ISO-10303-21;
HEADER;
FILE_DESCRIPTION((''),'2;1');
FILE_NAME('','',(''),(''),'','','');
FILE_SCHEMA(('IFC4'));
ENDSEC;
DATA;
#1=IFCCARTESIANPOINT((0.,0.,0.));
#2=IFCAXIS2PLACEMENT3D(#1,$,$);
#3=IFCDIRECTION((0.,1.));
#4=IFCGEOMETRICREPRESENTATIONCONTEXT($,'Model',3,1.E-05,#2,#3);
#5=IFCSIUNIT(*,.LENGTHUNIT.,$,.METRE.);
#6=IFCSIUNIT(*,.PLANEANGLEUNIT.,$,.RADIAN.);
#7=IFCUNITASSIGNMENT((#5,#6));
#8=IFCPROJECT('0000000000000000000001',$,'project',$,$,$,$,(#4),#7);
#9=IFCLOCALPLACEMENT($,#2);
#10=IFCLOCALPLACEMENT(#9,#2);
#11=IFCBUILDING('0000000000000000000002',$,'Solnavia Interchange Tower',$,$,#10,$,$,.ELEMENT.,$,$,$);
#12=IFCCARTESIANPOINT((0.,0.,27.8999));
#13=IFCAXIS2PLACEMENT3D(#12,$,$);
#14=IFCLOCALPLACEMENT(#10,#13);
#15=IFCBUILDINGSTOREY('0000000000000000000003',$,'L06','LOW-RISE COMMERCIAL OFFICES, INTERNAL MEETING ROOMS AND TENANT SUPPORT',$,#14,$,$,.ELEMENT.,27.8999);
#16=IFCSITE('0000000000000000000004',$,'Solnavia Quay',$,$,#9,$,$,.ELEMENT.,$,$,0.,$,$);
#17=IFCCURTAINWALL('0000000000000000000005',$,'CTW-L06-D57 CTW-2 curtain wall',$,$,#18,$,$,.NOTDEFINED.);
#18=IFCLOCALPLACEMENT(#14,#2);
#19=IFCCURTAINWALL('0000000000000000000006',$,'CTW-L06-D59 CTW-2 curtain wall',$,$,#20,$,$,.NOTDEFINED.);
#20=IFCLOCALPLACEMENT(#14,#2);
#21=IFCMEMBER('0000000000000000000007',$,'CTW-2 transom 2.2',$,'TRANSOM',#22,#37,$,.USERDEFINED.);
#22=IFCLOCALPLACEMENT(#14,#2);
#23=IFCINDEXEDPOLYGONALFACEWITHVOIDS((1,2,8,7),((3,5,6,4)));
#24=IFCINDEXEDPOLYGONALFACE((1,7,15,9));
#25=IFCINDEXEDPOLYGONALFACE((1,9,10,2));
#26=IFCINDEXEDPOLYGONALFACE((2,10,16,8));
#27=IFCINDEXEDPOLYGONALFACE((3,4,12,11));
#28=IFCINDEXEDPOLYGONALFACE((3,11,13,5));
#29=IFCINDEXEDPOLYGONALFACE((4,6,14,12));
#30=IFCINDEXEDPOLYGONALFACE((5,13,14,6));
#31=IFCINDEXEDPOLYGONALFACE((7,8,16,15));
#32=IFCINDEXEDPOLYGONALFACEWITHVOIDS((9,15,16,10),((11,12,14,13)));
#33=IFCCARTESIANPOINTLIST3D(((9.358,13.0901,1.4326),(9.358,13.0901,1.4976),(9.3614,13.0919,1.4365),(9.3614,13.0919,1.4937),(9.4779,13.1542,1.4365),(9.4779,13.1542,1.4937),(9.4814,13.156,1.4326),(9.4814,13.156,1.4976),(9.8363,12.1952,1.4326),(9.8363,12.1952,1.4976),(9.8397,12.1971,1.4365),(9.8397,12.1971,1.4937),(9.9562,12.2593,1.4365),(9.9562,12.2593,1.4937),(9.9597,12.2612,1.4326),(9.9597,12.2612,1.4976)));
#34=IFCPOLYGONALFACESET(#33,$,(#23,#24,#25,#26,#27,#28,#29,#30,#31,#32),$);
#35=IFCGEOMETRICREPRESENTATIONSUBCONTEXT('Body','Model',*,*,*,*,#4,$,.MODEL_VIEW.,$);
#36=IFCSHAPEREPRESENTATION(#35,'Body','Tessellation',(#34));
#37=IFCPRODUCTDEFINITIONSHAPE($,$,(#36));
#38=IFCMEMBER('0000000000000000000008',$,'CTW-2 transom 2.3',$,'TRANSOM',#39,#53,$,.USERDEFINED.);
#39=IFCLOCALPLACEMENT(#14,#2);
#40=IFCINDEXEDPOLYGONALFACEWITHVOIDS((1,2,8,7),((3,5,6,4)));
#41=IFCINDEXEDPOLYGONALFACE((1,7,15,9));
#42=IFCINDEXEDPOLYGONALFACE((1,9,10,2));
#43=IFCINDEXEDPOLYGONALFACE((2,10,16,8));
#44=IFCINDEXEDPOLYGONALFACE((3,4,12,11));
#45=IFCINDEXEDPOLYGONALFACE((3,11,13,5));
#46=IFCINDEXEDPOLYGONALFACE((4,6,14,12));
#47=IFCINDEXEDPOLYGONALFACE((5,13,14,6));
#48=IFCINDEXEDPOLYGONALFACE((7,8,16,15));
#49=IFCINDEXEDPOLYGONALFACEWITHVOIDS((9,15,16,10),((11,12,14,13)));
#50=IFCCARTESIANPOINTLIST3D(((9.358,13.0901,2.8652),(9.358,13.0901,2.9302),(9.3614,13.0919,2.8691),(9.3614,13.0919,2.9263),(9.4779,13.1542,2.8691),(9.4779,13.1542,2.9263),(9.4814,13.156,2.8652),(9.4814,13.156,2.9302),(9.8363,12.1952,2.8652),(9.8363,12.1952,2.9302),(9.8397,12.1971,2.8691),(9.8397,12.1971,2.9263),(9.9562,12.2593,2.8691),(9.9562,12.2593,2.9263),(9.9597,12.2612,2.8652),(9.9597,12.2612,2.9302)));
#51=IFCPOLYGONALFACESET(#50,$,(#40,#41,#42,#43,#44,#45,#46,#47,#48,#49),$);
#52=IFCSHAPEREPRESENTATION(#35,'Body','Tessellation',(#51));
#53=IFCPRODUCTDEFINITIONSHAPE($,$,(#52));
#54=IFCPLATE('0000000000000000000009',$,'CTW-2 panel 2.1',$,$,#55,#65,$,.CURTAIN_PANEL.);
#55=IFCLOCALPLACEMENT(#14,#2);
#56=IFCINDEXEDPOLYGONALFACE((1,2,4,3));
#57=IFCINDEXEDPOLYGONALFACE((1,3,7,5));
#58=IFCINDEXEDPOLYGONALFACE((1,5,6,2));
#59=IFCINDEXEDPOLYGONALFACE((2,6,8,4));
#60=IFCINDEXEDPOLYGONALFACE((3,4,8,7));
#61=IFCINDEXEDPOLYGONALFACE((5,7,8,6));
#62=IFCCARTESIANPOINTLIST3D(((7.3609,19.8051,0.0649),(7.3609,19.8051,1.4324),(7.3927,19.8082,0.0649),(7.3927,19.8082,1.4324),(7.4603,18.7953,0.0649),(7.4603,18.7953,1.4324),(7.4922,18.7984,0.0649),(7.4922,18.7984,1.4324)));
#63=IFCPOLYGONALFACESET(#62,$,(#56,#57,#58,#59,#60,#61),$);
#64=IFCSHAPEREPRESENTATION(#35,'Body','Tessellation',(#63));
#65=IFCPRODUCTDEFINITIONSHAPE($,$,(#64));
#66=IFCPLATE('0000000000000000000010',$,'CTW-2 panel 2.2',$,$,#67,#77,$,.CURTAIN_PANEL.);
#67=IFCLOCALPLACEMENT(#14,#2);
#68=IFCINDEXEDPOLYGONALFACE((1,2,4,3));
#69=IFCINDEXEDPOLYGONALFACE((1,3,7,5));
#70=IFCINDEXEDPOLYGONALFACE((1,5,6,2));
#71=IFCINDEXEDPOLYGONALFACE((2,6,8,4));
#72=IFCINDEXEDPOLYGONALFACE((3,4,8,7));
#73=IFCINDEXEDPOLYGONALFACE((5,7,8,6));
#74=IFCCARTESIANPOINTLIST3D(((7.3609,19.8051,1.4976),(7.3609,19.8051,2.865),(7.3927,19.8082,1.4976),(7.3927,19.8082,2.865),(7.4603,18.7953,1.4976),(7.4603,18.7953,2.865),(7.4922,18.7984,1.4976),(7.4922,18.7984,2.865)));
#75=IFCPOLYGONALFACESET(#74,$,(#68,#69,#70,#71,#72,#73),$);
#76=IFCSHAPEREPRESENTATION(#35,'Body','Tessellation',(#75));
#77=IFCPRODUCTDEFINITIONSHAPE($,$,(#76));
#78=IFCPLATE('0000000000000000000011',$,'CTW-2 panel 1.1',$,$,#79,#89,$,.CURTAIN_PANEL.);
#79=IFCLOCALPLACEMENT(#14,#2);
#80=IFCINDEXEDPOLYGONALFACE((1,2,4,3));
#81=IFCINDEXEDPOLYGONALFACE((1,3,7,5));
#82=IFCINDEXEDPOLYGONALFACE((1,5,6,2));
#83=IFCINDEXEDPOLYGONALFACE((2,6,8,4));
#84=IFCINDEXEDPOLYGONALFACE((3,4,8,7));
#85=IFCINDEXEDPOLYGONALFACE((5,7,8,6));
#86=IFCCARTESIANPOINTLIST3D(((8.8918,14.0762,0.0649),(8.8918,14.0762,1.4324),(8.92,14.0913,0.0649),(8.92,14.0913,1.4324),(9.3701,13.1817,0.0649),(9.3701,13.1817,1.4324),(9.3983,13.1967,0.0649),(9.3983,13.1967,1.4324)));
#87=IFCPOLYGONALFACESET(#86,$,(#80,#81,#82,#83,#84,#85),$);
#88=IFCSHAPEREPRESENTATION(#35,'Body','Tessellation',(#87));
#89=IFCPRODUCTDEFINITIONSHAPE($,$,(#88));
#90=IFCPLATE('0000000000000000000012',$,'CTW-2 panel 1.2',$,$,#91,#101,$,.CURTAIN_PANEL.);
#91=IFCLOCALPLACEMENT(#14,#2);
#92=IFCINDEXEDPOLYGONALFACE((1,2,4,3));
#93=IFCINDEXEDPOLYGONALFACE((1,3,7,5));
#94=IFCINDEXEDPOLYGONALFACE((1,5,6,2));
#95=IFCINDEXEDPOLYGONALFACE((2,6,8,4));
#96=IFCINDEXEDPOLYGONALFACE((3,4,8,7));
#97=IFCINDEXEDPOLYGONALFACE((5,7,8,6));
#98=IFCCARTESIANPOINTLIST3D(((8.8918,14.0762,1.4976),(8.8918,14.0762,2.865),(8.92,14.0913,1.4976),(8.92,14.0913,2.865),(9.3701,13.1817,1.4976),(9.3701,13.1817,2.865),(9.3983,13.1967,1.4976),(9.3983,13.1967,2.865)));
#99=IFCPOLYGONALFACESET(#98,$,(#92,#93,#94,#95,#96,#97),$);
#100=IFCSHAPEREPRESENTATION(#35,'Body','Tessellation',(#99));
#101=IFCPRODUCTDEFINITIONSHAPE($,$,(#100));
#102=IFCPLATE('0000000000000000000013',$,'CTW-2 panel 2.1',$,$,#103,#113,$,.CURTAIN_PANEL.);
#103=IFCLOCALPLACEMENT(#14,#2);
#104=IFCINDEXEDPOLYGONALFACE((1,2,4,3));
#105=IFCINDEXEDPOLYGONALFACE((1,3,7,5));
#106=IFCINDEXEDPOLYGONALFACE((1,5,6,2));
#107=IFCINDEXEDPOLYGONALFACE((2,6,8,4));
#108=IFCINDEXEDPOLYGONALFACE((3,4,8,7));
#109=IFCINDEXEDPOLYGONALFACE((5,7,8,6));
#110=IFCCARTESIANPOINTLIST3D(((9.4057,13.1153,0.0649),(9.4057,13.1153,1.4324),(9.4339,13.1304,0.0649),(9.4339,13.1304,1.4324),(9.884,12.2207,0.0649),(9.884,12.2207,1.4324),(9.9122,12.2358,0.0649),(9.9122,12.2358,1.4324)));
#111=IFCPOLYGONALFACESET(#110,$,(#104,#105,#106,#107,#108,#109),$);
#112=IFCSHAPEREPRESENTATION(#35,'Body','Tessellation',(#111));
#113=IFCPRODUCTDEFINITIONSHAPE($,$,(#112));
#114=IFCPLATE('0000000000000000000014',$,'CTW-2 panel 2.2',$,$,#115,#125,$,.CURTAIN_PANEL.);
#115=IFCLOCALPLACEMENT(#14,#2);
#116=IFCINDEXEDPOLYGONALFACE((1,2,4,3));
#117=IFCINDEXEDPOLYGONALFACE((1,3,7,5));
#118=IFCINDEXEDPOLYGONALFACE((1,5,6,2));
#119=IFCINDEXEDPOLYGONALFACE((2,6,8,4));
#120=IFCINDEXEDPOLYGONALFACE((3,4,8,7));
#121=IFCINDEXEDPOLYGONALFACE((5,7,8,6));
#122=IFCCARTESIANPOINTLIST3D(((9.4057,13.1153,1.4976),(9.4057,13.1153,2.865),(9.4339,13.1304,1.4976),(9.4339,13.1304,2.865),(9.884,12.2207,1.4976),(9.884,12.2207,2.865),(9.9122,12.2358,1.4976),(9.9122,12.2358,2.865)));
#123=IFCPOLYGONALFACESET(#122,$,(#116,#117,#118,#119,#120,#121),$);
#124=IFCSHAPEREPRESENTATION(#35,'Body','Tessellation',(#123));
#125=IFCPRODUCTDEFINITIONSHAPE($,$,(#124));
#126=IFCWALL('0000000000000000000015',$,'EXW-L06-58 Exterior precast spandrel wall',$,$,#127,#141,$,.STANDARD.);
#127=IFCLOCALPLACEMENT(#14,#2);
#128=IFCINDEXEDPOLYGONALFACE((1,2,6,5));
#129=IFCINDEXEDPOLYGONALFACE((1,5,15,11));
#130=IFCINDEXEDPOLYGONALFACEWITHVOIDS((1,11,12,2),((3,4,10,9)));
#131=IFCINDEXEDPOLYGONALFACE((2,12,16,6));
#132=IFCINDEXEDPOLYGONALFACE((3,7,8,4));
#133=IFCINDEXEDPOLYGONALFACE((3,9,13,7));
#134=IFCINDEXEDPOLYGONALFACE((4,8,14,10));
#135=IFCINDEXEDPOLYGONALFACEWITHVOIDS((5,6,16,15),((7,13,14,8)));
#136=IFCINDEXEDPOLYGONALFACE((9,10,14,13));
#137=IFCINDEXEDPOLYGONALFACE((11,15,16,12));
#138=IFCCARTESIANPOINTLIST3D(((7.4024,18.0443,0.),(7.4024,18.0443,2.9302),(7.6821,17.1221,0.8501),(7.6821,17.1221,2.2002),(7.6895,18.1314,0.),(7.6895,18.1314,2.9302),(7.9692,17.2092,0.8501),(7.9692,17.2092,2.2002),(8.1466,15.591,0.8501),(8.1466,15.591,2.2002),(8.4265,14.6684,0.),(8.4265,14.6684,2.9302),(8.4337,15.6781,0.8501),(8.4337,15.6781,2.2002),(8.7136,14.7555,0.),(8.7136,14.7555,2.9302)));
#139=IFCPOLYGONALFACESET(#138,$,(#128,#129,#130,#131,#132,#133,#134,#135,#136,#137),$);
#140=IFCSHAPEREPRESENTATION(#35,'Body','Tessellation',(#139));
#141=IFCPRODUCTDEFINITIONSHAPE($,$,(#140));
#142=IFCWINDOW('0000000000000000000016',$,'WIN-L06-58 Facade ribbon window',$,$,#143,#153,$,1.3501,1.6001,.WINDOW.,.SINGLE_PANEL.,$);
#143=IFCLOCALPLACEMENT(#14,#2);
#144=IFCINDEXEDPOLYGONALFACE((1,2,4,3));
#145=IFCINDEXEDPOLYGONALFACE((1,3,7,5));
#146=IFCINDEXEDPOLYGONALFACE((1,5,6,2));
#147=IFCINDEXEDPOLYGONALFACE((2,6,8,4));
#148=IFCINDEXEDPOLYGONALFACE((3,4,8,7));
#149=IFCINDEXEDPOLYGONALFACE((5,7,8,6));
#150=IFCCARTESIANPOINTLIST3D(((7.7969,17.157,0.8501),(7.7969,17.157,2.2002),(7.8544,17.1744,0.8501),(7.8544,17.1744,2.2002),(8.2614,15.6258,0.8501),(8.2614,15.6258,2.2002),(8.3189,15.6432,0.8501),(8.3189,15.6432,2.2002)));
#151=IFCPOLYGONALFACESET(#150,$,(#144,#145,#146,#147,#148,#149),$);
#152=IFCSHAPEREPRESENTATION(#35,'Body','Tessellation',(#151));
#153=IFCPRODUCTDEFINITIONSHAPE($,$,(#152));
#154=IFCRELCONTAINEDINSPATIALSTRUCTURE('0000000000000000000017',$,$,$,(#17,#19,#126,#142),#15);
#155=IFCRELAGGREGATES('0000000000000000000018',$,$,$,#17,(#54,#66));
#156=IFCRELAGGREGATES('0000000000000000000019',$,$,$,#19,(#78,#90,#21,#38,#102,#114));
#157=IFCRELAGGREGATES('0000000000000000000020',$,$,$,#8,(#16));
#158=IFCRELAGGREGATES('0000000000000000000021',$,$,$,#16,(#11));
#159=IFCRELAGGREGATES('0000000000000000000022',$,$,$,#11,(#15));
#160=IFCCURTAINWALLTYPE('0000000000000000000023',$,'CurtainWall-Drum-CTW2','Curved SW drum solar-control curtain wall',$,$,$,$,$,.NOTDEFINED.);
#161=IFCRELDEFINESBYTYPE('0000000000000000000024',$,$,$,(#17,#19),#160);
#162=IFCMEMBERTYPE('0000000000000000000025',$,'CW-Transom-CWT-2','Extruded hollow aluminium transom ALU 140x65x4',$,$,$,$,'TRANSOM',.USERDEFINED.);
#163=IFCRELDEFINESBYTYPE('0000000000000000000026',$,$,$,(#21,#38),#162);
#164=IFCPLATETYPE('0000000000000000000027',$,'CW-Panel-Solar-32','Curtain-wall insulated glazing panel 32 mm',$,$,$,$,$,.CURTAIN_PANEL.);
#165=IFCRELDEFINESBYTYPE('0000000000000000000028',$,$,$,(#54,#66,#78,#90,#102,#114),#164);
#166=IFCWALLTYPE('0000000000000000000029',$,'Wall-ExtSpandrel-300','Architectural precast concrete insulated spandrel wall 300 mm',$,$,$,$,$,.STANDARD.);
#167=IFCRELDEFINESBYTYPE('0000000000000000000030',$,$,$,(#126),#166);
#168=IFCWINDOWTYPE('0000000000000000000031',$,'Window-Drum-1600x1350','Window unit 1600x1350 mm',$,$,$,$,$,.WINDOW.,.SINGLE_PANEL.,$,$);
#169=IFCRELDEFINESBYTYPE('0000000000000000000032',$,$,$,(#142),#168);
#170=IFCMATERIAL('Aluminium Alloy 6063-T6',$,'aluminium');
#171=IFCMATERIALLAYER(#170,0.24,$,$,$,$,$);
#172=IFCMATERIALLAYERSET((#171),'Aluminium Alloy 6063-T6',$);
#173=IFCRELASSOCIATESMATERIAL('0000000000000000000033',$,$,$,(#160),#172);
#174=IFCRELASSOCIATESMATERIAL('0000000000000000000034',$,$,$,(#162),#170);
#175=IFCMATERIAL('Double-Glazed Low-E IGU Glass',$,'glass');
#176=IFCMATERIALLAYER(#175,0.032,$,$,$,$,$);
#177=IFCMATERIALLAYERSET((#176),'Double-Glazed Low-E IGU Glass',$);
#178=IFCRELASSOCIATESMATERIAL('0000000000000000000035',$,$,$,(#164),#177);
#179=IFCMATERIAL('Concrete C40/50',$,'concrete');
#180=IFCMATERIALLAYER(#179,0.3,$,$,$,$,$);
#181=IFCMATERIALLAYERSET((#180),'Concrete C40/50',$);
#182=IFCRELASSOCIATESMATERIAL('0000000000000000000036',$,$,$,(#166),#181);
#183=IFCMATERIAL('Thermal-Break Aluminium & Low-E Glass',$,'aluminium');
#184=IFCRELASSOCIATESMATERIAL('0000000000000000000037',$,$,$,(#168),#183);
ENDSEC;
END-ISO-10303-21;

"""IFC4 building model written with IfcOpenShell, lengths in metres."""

from ifc_helpers import new_model, si_unit, direction, frame, frame_2d, origin, origin_2d, place, context, subcontext, project, spatial, rectangle, hollow_rectangle, extrude, material, layer, layer_set, material_profile, profile_set, type_object, element, fill, aggregate, save


model = new_model("IFC4")

# Units and contexts
model_context = context("Model", 3, precision=1e-05, world=origin(), true_north=direction((0.0, 1.0)))
body_context = subcontext(model_context, "Body", "Model", "MODEL_VIEW")
ifc_project = project(units=[si_unit("LENGTHUNIT", "METRE"), si_unit("PLANEANGLEUNIT", "RADIAN")], contexts=[model_context])

# Site, building, storey
site_placement = place(None, origin())
site = spatial("IfcSite", under=ifc_project, at=site_placement, Name="Solnavia Quay", CompositionType="ELEMENT", RefElevation=0.0)
building_placement = place(site_placement, origin())
building = spatial("IfcBuilding", under=site, at=building_placement, Name="Solnavia Interchange Tower", CompositionType="ELEMENT")
storey_placement = place(building_placement, frame((0.0, 0.0, 27.8999)))
storey = spatial("IfcBuildingStorey", under=building, at=storey_placement, Name="L06", Description="LOW-RISE COMMERCIAL OFFICES, INTERNAL MEETING ROOMS AND TENANT SUPPORT", CompositionType="ELEMENT", Elevation=27.8999)

# Curtain wall
ifc_material_1 = material(Name="Aluminium Alloy 6063-T6", Category="aluminium")
ifc_layer_1 = layer(ifc_material_1, 0.24)
ifc_layer_set_1 = layer_set([ifc_layer_1], Name="Aluminium Alloy 6063-T6")
curtain_wall_type = type_object("IfcCurtainWallType", Name="CurtainWall-Drum-CTW2", Description="Curved SW drum solar-control curtain wall", PredefinedType="NOTDEFINED", material=ifc_layer_set_1)
curtain_wall_1_placement = place(storey_placement, origin())
curtain_wall_1 = element("IfcCurtainWall", 1, at=curtain_wall_1_placement, inside=storey, type_object=curtain_wall_type, Name="CTW-L06-D57 CTW-2 curtain wall", PredefinedType="NOTDEFINED")

# Curtain wall
curtain_wall_2_placement = place(storey_placement, origin())
curtain_wall_2 = element("IfcCurtainWall", 2, at=curtain_wall_2_placement, inside=storey, type_object=curtain_wall_type, Name="CTW-L06-D59 CTW-2 curtain wall", PredefinedType="NOTDEFINED")

# Members
ifc_material_profile_1 = material_profile(ifc_material_1, hollow_rectangle(XDim=0.0649, YDim=0.1399, WallThickness=0.0039, at=origin_2d()), Name="ALU 140x65x4")
ifc_profile_set_1 = profile_set([ifc_material_profile_1], Name="Aluminium Alloy 6063-T6")
member_type_1 = type_object("IfcMemberType", Name="CW-Transom-CWT-2", Description="Extruded hollow aluminium transom ALU 140x65x4", ElementType="TRANSOM", PredefinedType="USERDEFINED", material=ifc_profile_set_1)
member_1_placement = place(storey_placement, frame((9.4197, 13.123, 1.4651), z_axis=(0.4714, -0.88192, 0.0), x_axis=(0.0, 0.0, 1.0)))
member_1 = element("IfcMember", 3, at=member_1_placement, type_object=member_type_1, Name="CTW-2 transom 2.2", ObjectType="TRANSOM", PredefinedType="USERDEFINED", context=body_context, shape_type="SweptSolid", body=[
    extrude(hollow_rectangle(XDim=0.0649, YDim=0.1399, WallThickness=0.0039, at=origin_2d()), origin(), (0.0, 0.0, 1.0), 1.0146),
])
member_2_placement = place(storey_placement, frame((9.4197, 13.123, 2.8977), z_axis=(0.4714, -0.88192, 0.0), x_axis=(0.0, 0.0, 1.0)))
member_2 = element("IfcMember", 4, at=member_2_placement, type_object=member_type_1, Name="CTW-2 transom 2.3", ObjectType="TRANSOM", PredefinedType="USERDEFINED", context=body_context, shape_type="SweptSolid", body=[
    extrude(hollow_rectangle(XDim=0.0649, YDim=0.1399, WallThickness=0.0039, at=origin_2d()), origin(), (0.0, 0.0, 1.0), 1.0146),
])

# Plates
ifc_material_2 = material(Name="Double-Glazed Low-E IGU Glass", Category="glass")
ifc_layer_2 = layer(ifc_material_2, 0.032)
ifc_layer_set_2 = layer_set([ifc_layer_2], Name="Double-Glazed Low-E IGU Glass")
plate_type = type_object("IfcPlateType", Name="CW-Panel-Solar-32", Description="Curtain-wall insulated glazing panel 32 mm", PredefinedType="CURTAIN_PANEL", material=ifc_layer_set_2)
plate_1_placement = place(storey_placement, frame((7.4265, 19.3018, 0.0649), z_axis=(0.0, 0.0, 1.0), x_axis=(0.098045, -0.995182, 0.0)))
plate_1 = element("IfcPlate", 5, at=plate_1_placement, type_object=plate_type, Name="CTW-2 panel 2.1", PredefinedType="CURTAIN_PANEL", context=body_context, shape_type="SweptSolid", body=[
    extrude(rectangle(XDim=1.0146, YDim=0.032, at=origin_2d()), origin(), (0.0, 0.0, 1.0), 1.3674),
])
plate_2_placement = place(storey_placement, frame((7.4265, 19.3018, 1.4976), z_axis=(0.0, 0.0, 1.0), x_axis=(0.098045, -0.995182, 0.0)))
plate_2 = element("IfcPlate", 6, at=plate_2_placement, type_object=plate_type, Name="CTW-2 panel 2.2", PredefinedType="CURTAIN_PANEL", context=body_context, shape_type="SweptSolid", body=[
    extrude(rectangle(XDim=1.0146, YDim=0.032, at=origin_2d()), origin(), (0.0, 0.0, 1.0), 1.3674),
])
aggregate(curtain_wall_1, [plate_1, plate_2])
plate_3_placement = place(storey_placement, frame((9.145, 13.6365, 0.0649), z_axis=(0.0, 0.0, 1.0), x_axis=(0.471537, -0.881846, 0.0)))
plate_3 = element("IfcPlate", 7, at=plate_3_placement, type_object=plate_type, Name="CTW-2 panel 1.1", PredefinedType="CURTAIN_PANEL", context=body_context, shape_type="SweptSolid", body=[
    extrude(rectangle(XDim=1.0144, YDim=0.032, at=origin_2d()), origin(), (0.0, 0.0, 1.0), 1.3674),
])
plate_4_placement = place(storey_placement, frame((9.145, 13.6365, 1.4976), z_axis=(0.0, 0.0, 1.0), x_axis=(0.471537, -0.881846, 0.0)))
plate_4 = element("IfcPlate", 8, at=plate_4_placement, type_object=plate_type, Name="CTW-2 panel 1.2", PredefinedType="CURTAIN_PANEL", context=body_context, shape_type="SweptSolid", body=[
    extrude(rectangle(XDim=1.0144, YDim=0.032, at=origin_2d()), origin(), (0.0, 0.0, 1.0), 1.3674),
])
plate_5_placement = place(storey_placement, frame((9.6589, 12.6755, 0.0649), z_axis=(0.0, 0.0, 1.0), x_axis=(0.471537, -0.881846, 0.0)))
plate_5 = element("IfcPlate", 9, at=plate_5_placement, type_object=plate_type, Name="CTW-2 panel 2.1", PredefinedType="CURTAIN_PANEL", context=body_context, shape_type="SweptSolid", body=[
    extrude(rectangle(XDim=1.0144, YDim=0.032, at=origin_2d()), origin(), (0.0, 0.0, 1.0), 1.3674),
])
plate_6_placement = place(storey_placement, frame((9.6589, 12.6755, 1.4976), z_axis=(0.0, 0.0, 1.0), x_axis=(0.471537, -0.881846, 0.0)))
plate_6 = element("IfcPlate", 10, at=plate_6_placement, type_object=plate_type, Name="CTW-2 panel 2.2", PredefinedType="CURTAIN_PANEL", context=body_context, shape_type="SweptSolid", body=[
    extrude(rectangle(XDim=1.0144, YDim=0.032, at=origin_2d()), origin(), (0.0, 0.0, 1.0), 1.3674),
])
aggregate(curtain_wall_2, [plate_3, plate_4, member_1, member_2, plate_5, plate_6])

# Wall, opening, window
ifc_material_3 = material(Name="Concrete C40/50", Category="concrete")
ifc_layer_3 = layer(ifc_material_3, 0.3)
ifc_layer_set_3 = layer_set([ifc_layer_3], Name="Concrete C40/50")
wall_type = type_object("IfcWallType", Name="Wall-ExtSpandrel-300", Description="Architectural precast concrete insulated spandrel wall 300 mm", PredefinedType="STANDARD", material=ifc_layer_set_3)
wall_placement = place(storey_placement, frame((8.5701, 14.7119, 0.0), z_axis=(0.0, 0.0, 1.0), x_axis=(-0.290305, 0.956934, 0.0)))
wall = element("IfcWall", 11, at=wall_placement, inside=storey, type_object=wall_type, Name="EXW-L06-58 Exterior precast spandrel wall", PredefinedType="STANDARD", context=body_context, shape_type="SweptSolid", body=[
    extrude(rectangle(XDim=3.5278, YDim=0.3, at=frame_2d((1.7639, 0.0))), origin(), (0.0, 0.0, 1.0), 2.9302),
])
opening_placement = place(wall_placement, frame((0.9641, 0.0, 0.8501)))
opening = element("IfcOpeningElement", 12, at=opening_placement, cuts=wall, PredefinedType="OPENING", context=body_context, shape_type="SweptSolid", body=[
    extrude(rectangle(XDim=1.6001, YDim=1.3501, at=frame_2d((0.8, 0.675))), frame((0.0, 0.1602, 0.0), z_axis=(0.0, -1.0, 0.0), x_axis=(1.0, 0.0, 0.0)), (0.0, 0.0, 1.0), 0.3201),
])
ifc_material_4 = material(Name="Thermal-Break Aluminium & Low-E Glass", Category="aluminium")
window_type = type_object("IfcWindowType", Name="Window-Drum-1600x1350", Description="Window unit 1600x1350 mm", PartitioningType="SINGLE_PANEL", PredefinedType="WINDOW", material=ifc_material_4)
window_placement = place(opening_placement, origin())
window = element("IfcWindow", 13, at=window_placement, inside=storey, type_object=window_type, Name="WIN-L06-58 Facade ribbon window", OverallHeight=1.3501, OverallWidth=1.6001, PartitioningType="SINGLE_PANEL", PredefinedType="WINDOW", context=body_context, shape_type="SweptSolid", body=[
    extrude(rectangle(XDim=1.6001, YDim=1.3501, at=frame_2d((0.8, 0.675))), frame((0.0, 0.03, 0.0), z_axis=(0.0, -1.0, 0.0), x_axis=(1.0, 0.0, 0.0)), (0.0, 0.0, 1.0), 0.0601),
])
fill(opening, window)

save(model, "model.ifc")
